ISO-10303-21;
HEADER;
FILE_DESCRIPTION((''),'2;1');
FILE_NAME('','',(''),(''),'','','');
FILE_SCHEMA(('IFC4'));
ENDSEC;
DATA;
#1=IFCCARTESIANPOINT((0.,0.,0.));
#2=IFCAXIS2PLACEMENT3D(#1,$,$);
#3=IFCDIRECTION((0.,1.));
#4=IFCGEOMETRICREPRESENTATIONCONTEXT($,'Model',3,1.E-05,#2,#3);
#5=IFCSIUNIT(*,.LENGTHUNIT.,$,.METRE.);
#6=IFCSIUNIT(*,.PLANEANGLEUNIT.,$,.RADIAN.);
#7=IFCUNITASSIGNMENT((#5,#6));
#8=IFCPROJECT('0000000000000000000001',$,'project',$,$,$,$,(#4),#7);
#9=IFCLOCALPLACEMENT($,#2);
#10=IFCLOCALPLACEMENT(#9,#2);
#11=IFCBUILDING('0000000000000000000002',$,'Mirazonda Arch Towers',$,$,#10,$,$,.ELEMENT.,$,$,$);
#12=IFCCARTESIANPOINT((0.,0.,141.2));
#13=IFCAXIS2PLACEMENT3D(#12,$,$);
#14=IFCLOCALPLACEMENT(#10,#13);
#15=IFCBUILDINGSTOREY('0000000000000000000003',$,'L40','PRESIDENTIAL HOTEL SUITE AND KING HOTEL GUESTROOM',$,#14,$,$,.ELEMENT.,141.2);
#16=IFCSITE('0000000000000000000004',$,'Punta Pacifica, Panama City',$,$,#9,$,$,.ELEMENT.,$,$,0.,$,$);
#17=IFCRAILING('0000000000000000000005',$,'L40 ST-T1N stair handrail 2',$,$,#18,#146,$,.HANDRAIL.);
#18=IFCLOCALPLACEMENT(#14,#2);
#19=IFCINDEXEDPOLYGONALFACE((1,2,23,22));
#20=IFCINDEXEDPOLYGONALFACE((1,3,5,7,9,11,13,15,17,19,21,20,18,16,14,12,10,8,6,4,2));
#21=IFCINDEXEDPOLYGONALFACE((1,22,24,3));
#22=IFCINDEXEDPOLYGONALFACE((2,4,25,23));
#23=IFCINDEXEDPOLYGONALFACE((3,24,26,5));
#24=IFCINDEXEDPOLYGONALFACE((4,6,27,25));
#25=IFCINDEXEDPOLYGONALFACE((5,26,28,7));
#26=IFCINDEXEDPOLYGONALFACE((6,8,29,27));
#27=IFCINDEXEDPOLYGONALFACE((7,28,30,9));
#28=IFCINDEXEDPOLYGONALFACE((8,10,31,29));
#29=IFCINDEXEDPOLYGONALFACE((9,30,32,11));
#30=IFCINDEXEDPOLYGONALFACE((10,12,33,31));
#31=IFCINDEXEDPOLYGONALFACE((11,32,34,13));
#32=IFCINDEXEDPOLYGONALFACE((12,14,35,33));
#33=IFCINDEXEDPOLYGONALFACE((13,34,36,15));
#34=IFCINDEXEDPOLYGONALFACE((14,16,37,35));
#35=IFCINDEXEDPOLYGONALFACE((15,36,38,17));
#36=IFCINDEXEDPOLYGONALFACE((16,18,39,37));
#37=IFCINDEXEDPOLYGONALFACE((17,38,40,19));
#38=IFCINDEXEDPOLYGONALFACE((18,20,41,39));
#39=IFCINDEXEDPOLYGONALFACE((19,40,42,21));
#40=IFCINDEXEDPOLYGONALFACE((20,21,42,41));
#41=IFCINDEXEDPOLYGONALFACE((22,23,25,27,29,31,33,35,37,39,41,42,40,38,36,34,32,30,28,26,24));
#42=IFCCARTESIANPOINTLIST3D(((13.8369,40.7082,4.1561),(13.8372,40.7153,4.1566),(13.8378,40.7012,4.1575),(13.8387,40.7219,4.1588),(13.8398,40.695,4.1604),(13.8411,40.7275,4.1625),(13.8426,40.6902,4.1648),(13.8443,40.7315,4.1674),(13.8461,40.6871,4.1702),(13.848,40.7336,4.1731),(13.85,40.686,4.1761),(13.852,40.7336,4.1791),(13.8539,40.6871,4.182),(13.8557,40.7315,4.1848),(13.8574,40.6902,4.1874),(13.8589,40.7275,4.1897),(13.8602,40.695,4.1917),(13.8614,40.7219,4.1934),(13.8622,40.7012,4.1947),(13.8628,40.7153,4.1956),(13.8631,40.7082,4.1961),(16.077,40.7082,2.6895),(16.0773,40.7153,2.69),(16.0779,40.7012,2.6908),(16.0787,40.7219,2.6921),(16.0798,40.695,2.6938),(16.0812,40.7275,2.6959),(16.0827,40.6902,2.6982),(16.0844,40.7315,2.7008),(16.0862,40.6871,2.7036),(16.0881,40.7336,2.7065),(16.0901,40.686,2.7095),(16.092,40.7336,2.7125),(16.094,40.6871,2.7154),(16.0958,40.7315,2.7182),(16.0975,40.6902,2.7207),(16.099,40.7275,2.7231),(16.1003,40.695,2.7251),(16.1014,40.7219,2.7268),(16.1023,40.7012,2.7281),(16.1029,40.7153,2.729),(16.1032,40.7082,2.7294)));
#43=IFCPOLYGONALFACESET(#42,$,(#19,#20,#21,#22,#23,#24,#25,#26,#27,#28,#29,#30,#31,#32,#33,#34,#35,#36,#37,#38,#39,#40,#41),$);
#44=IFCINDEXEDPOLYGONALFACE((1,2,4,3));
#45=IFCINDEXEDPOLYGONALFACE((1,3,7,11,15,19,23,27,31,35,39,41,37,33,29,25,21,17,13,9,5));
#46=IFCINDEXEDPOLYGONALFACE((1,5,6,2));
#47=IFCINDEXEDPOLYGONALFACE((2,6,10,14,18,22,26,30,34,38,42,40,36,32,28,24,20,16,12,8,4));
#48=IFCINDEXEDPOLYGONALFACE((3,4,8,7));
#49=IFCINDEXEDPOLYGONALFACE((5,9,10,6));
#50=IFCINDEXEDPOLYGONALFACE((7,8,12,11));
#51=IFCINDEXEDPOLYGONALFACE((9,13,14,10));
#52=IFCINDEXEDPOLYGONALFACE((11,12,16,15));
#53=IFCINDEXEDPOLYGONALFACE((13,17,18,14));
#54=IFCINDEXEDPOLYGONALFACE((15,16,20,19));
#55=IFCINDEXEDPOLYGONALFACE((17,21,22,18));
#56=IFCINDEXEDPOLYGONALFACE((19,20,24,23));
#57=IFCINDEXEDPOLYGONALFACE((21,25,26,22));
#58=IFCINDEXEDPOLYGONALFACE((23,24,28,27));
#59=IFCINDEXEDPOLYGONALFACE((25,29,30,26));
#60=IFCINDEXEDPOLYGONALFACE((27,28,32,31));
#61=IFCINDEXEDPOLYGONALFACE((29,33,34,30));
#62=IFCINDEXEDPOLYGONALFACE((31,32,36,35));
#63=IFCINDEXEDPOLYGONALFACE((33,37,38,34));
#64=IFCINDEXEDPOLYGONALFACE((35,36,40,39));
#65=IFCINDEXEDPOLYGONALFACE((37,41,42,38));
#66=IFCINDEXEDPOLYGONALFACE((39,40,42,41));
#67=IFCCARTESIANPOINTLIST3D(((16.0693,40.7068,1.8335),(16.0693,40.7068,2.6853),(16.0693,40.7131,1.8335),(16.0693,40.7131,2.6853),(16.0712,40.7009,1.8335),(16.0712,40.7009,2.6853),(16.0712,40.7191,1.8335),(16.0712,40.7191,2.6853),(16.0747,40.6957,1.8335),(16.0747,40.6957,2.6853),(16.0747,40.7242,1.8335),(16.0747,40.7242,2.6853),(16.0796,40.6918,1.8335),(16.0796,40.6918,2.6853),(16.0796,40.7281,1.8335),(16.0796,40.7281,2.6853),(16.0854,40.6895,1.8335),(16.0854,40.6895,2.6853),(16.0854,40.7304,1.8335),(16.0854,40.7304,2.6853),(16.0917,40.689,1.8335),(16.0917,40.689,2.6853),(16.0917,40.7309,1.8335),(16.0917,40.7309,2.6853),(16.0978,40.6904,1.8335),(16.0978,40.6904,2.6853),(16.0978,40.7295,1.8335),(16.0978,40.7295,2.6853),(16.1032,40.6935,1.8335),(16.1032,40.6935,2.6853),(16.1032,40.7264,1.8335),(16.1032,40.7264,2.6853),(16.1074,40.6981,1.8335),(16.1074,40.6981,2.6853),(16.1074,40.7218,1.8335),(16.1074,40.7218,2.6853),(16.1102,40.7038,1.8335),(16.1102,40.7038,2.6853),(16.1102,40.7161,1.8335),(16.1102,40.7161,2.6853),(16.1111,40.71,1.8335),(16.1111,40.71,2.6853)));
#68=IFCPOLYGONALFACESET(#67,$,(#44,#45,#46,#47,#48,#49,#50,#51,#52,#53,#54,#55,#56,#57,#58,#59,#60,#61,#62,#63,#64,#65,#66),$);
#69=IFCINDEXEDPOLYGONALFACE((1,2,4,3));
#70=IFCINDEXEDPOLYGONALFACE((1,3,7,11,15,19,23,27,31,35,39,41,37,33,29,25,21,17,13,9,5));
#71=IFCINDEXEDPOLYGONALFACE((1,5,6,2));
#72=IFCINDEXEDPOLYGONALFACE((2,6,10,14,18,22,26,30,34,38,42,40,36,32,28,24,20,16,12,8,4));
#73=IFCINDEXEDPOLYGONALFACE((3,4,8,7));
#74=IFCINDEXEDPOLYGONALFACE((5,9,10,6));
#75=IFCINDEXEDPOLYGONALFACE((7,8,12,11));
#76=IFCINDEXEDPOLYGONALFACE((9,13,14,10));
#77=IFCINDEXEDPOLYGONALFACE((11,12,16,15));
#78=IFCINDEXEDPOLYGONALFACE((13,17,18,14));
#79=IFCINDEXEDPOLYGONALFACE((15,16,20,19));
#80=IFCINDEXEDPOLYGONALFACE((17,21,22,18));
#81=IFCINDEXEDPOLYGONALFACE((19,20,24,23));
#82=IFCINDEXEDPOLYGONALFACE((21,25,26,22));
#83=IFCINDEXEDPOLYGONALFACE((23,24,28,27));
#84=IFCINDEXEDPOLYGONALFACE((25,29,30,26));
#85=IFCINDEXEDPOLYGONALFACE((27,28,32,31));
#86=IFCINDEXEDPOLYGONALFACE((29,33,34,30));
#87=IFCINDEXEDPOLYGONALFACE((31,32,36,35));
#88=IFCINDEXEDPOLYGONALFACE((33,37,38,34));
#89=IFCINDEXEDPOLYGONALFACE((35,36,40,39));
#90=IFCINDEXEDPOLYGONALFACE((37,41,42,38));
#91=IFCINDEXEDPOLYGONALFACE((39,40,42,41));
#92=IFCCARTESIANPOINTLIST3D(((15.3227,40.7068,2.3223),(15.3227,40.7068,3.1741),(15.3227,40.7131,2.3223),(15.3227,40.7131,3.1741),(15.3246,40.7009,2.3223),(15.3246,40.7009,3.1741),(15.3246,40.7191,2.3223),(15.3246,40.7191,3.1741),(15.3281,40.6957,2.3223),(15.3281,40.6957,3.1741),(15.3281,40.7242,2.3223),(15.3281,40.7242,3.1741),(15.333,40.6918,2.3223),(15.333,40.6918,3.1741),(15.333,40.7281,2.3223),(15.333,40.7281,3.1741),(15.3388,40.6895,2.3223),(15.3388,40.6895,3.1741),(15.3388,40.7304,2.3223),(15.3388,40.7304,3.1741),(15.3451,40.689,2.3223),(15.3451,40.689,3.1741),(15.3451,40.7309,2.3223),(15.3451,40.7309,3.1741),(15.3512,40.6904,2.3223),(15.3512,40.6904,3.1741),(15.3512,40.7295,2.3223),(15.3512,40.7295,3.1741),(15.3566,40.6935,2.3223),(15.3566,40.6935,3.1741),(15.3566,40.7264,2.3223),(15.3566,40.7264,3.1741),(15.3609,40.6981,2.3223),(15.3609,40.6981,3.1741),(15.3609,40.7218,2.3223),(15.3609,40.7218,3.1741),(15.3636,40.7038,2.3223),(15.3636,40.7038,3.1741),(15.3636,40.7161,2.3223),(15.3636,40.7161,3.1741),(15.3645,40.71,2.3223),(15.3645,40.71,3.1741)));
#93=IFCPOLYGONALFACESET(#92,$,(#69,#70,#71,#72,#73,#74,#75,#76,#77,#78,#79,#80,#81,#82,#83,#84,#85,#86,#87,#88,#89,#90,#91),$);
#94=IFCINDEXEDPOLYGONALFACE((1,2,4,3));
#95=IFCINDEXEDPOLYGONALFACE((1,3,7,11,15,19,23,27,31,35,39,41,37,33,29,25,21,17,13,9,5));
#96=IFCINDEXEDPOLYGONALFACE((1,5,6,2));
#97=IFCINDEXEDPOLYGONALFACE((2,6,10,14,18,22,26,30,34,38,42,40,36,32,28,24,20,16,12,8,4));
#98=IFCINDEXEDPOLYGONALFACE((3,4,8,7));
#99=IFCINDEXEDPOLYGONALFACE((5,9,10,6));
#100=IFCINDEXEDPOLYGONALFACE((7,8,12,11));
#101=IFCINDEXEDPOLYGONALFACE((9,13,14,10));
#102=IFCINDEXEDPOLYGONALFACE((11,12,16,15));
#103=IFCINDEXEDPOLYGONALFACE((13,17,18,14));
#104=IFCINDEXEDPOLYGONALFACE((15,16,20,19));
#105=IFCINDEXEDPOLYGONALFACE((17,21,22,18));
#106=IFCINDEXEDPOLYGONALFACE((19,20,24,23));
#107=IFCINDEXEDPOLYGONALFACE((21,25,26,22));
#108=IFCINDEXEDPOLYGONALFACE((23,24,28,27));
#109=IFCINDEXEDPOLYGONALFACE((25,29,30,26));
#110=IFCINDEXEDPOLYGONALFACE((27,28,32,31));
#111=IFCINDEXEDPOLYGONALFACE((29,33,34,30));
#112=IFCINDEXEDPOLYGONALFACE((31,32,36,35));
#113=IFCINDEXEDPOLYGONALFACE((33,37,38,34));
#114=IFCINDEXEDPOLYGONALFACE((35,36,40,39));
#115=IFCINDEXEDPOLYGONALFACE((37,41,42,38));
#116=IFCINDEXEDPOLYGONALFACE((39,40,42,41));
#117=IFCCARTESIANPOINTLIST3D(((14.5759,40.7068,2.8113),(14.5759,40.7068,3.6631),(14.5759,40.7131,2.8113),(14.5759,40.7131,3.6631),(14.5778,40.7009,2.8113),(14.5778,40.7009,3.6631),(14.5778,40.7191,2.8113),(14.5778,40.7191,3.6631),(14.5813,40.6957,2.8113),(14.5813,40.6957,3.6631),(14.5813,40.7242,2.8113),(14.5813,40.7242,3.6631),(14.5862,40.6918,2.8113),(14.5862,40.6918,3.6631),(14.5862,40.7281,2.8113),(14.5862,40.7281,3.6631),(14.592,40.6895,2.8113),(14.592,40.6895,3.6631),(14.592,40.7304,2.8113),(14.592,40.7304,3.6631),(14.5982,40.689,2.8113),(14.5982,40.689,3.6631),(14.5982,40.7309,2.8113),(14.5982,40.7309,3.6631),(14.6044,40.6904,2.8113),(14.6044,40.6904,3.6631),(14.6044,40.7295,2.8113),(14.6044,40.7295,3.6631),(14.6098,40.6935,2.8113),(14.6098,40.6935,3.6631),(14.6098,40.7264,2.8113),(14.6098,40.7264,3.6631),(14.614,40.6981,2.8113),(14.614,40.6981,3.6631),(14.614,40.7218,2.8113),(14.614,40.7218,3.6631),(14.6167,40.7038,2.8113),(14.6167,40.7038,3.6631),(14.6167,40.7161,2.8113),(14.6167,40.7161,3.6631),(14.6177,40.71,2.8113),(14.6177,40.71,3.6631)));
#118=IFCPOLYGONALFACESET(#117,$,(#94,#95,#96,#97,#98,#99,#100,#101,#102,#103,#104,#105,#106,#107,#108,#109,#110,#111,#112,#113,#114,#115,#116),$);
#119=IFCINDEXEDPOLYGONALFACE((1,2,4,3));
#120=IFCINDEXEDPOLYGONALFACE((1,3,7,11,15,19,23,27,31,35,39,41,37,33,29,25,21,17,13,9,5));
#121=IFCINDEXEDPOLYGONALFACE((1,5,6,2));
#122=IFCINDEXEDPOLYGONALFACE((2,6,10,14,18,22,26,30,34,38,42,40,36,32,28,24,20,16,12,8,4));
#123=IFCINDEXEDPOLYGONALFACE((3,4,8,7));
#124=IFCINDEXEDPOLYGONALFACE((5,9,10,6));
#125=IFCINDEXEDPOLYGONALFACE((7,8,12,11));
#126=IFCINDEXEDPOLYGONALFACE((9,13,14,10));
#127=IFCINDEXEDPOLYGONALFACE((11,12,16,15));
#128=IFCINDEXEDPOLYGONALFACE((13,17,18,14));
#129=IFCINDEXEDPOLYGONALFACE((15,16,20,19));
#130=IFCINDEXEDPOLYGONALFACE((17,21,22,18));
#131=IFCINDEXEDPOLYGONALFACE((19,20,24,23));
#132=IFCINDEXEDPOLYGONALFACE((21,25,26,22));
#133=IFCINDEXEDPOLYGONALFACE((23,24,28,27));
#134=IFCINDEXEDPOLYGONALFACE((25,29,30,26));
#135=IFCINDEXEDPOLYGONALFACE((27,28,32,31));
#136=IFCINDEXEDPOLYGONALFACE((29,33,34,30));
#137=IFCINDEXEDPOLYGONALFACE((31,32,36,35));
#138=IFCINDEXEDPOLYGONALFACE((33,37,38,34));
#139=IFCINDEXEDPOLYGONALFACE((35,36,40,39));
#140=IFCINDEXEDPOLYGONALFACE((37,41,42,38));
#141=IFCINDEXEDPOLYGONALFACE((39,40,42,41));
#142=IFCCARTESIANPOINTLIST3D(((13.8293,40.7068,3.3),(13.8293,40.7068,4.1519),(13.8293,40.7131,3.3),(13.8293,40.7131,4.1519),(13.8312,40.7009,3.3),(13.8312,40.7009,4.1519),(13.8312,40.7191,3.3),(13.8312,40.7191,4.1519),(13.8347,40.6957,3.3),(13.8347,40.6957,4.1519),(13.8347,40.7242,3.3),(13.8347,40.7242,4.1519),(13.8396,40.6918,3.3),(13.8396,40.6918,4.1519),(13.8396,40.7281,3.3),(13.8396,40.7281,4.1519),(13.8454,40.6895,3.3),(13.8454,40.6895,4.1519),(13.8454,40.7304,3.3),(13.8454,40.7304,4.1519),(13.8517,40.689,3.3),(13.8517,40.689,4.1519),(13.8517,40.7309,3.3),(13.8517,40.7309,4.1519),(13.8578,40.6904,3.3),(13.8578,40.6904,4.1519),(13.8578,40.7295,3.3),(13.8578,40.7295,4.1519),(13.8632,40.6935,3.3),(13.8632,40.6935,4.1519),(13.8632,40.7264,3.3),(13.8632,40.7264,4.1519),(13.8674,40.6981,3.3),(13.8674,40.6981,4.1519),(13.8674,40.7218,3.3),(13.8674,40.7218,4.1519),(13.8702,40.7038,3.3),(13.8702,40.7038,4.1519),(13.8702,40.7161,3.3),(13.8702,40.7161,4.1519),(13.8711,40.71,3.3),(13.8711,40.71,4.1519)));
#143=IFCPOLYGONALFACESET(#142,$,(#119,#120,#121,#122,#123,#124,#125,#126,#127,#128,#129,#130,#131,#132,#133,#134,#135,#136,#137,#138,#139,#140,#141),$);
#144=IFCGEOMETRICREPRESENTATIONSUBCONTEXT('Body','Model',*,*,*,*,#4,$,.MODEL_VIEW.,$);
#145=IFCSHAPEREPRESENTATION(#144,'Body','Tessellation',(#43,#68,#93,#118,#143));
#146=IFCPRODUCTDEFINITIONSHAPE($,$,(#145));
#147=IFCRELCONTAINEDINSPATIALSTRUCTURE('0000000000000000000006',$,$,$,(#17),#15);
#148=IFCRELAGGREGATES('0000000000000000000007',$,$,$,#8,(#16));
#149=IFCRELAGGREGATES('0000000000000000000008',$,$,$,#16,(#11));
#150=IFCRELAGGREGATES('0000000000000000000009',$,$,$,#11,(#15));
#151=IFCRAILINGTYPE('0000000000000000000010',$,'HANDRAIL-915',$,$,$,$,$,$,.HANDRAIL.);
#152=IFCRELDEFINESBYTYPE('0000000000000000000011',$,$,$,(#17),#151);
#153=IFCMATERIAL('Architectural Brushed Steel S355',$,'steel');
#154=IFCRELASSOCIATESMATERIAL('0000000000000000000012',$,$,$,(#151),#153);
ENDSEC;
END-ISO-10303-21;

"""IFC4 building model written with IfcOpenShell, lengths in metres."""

from ifc_helpers import new_model, si_unit, direction, frame, origin, origin_2d, place, context, subcontext, project, spatial, circle, extrude, material, type_object, element, save


model = new_model("IFC4")

# Units and contexts
model_context = context("Model", 3, precision=1e-05, world=origin(), true_north=direction((0.0, 1.0)))
body_context = subcontext(model_context, "Body", "Model", "MODEL_VIEW")
ifc_project = project(units=[si_unit("LENGTHUNIT", "METRE"), si_unit("PLANEANGLEUNIT", "RADIAN")], contexts=[model_context])

# Site, building, storey
site_placement = place(None, origin())
site = spatial("IfcSite", under=ifc_project, at=site_placement, Name="Punta Pacifica, Panama City", CompositionType="ELEMENT", RefElevation=0.0)
building_placement = place(site_placement, origin())
building = spatial("IfcBuilding", under=site, at=building_placement, Name="Mirazonda Arch Towers", CompositionType="ELEMENT")
storey_placement = place(building_placement, frame((0.0, 0.0, 141.2)))
storey = spatial("IfcBuildingStorey", under=building, at=storey_placement, Name="L40", Description="PRESIDENTIAL HOTEL SUITE AND KING HOTEL GUESTROOM", CompositionType="ELEMENT", Elevation=141.2)

# Shared definitions
ifc_material_1 = material(Name="Architectural Brushed Steel S355", Category="steel")

# Railing
railing_type_1 = type_object("IfcRailingType", Name="HANDRAIL-915", PredefinedType="HANDRAIL", material=ifc_material_1)
railing_1_placement = place(storey_placement, frame((16.0901, 40.71, 1.8335)))
element("IfcRailing", 1, at=railing_1_placement, inside=storey, type_object=railing_type_1, Name="L40 ST-T1N stair handrail 2", PredefinedType="HANDRAIL", context=body_context, shape_type="SweptSolid", body=[
    extrude(circle(Radius=0.0239, at=origin_2d()), frame((0.0, 0.0, 0.876), z_axis=(-0.836637, 0.0, 0.547758), x_axis=(0.0, -1.0, 0.0)), (0.0, 0.0, 1.0), 2.6775),
    extrude(circle(Radius=0.021, at=origin_2d()), origin(), (0.0, 0.0, 1.0), 0.8518),
    extrude(circle(Radius=0.021, at=origin_2d()), frame((-0.7466, 0.0, 0.4888)), (0.0, 0.0, 1.0), 0.8518),
    extrude(circle(Radius=0.021, at=origin_2d()), frame((-1.4934, 0.0, 0.9778)), (0.0, 0.0, 1.0), 0.8518),
    extrude(circle(Radius=0.021, at=origin_2d()), frame((-2.24, 0.0, 1.4666)), (0.0, 0.0, 1.0), 0.8518),
])

save(model, "model.ifc")
